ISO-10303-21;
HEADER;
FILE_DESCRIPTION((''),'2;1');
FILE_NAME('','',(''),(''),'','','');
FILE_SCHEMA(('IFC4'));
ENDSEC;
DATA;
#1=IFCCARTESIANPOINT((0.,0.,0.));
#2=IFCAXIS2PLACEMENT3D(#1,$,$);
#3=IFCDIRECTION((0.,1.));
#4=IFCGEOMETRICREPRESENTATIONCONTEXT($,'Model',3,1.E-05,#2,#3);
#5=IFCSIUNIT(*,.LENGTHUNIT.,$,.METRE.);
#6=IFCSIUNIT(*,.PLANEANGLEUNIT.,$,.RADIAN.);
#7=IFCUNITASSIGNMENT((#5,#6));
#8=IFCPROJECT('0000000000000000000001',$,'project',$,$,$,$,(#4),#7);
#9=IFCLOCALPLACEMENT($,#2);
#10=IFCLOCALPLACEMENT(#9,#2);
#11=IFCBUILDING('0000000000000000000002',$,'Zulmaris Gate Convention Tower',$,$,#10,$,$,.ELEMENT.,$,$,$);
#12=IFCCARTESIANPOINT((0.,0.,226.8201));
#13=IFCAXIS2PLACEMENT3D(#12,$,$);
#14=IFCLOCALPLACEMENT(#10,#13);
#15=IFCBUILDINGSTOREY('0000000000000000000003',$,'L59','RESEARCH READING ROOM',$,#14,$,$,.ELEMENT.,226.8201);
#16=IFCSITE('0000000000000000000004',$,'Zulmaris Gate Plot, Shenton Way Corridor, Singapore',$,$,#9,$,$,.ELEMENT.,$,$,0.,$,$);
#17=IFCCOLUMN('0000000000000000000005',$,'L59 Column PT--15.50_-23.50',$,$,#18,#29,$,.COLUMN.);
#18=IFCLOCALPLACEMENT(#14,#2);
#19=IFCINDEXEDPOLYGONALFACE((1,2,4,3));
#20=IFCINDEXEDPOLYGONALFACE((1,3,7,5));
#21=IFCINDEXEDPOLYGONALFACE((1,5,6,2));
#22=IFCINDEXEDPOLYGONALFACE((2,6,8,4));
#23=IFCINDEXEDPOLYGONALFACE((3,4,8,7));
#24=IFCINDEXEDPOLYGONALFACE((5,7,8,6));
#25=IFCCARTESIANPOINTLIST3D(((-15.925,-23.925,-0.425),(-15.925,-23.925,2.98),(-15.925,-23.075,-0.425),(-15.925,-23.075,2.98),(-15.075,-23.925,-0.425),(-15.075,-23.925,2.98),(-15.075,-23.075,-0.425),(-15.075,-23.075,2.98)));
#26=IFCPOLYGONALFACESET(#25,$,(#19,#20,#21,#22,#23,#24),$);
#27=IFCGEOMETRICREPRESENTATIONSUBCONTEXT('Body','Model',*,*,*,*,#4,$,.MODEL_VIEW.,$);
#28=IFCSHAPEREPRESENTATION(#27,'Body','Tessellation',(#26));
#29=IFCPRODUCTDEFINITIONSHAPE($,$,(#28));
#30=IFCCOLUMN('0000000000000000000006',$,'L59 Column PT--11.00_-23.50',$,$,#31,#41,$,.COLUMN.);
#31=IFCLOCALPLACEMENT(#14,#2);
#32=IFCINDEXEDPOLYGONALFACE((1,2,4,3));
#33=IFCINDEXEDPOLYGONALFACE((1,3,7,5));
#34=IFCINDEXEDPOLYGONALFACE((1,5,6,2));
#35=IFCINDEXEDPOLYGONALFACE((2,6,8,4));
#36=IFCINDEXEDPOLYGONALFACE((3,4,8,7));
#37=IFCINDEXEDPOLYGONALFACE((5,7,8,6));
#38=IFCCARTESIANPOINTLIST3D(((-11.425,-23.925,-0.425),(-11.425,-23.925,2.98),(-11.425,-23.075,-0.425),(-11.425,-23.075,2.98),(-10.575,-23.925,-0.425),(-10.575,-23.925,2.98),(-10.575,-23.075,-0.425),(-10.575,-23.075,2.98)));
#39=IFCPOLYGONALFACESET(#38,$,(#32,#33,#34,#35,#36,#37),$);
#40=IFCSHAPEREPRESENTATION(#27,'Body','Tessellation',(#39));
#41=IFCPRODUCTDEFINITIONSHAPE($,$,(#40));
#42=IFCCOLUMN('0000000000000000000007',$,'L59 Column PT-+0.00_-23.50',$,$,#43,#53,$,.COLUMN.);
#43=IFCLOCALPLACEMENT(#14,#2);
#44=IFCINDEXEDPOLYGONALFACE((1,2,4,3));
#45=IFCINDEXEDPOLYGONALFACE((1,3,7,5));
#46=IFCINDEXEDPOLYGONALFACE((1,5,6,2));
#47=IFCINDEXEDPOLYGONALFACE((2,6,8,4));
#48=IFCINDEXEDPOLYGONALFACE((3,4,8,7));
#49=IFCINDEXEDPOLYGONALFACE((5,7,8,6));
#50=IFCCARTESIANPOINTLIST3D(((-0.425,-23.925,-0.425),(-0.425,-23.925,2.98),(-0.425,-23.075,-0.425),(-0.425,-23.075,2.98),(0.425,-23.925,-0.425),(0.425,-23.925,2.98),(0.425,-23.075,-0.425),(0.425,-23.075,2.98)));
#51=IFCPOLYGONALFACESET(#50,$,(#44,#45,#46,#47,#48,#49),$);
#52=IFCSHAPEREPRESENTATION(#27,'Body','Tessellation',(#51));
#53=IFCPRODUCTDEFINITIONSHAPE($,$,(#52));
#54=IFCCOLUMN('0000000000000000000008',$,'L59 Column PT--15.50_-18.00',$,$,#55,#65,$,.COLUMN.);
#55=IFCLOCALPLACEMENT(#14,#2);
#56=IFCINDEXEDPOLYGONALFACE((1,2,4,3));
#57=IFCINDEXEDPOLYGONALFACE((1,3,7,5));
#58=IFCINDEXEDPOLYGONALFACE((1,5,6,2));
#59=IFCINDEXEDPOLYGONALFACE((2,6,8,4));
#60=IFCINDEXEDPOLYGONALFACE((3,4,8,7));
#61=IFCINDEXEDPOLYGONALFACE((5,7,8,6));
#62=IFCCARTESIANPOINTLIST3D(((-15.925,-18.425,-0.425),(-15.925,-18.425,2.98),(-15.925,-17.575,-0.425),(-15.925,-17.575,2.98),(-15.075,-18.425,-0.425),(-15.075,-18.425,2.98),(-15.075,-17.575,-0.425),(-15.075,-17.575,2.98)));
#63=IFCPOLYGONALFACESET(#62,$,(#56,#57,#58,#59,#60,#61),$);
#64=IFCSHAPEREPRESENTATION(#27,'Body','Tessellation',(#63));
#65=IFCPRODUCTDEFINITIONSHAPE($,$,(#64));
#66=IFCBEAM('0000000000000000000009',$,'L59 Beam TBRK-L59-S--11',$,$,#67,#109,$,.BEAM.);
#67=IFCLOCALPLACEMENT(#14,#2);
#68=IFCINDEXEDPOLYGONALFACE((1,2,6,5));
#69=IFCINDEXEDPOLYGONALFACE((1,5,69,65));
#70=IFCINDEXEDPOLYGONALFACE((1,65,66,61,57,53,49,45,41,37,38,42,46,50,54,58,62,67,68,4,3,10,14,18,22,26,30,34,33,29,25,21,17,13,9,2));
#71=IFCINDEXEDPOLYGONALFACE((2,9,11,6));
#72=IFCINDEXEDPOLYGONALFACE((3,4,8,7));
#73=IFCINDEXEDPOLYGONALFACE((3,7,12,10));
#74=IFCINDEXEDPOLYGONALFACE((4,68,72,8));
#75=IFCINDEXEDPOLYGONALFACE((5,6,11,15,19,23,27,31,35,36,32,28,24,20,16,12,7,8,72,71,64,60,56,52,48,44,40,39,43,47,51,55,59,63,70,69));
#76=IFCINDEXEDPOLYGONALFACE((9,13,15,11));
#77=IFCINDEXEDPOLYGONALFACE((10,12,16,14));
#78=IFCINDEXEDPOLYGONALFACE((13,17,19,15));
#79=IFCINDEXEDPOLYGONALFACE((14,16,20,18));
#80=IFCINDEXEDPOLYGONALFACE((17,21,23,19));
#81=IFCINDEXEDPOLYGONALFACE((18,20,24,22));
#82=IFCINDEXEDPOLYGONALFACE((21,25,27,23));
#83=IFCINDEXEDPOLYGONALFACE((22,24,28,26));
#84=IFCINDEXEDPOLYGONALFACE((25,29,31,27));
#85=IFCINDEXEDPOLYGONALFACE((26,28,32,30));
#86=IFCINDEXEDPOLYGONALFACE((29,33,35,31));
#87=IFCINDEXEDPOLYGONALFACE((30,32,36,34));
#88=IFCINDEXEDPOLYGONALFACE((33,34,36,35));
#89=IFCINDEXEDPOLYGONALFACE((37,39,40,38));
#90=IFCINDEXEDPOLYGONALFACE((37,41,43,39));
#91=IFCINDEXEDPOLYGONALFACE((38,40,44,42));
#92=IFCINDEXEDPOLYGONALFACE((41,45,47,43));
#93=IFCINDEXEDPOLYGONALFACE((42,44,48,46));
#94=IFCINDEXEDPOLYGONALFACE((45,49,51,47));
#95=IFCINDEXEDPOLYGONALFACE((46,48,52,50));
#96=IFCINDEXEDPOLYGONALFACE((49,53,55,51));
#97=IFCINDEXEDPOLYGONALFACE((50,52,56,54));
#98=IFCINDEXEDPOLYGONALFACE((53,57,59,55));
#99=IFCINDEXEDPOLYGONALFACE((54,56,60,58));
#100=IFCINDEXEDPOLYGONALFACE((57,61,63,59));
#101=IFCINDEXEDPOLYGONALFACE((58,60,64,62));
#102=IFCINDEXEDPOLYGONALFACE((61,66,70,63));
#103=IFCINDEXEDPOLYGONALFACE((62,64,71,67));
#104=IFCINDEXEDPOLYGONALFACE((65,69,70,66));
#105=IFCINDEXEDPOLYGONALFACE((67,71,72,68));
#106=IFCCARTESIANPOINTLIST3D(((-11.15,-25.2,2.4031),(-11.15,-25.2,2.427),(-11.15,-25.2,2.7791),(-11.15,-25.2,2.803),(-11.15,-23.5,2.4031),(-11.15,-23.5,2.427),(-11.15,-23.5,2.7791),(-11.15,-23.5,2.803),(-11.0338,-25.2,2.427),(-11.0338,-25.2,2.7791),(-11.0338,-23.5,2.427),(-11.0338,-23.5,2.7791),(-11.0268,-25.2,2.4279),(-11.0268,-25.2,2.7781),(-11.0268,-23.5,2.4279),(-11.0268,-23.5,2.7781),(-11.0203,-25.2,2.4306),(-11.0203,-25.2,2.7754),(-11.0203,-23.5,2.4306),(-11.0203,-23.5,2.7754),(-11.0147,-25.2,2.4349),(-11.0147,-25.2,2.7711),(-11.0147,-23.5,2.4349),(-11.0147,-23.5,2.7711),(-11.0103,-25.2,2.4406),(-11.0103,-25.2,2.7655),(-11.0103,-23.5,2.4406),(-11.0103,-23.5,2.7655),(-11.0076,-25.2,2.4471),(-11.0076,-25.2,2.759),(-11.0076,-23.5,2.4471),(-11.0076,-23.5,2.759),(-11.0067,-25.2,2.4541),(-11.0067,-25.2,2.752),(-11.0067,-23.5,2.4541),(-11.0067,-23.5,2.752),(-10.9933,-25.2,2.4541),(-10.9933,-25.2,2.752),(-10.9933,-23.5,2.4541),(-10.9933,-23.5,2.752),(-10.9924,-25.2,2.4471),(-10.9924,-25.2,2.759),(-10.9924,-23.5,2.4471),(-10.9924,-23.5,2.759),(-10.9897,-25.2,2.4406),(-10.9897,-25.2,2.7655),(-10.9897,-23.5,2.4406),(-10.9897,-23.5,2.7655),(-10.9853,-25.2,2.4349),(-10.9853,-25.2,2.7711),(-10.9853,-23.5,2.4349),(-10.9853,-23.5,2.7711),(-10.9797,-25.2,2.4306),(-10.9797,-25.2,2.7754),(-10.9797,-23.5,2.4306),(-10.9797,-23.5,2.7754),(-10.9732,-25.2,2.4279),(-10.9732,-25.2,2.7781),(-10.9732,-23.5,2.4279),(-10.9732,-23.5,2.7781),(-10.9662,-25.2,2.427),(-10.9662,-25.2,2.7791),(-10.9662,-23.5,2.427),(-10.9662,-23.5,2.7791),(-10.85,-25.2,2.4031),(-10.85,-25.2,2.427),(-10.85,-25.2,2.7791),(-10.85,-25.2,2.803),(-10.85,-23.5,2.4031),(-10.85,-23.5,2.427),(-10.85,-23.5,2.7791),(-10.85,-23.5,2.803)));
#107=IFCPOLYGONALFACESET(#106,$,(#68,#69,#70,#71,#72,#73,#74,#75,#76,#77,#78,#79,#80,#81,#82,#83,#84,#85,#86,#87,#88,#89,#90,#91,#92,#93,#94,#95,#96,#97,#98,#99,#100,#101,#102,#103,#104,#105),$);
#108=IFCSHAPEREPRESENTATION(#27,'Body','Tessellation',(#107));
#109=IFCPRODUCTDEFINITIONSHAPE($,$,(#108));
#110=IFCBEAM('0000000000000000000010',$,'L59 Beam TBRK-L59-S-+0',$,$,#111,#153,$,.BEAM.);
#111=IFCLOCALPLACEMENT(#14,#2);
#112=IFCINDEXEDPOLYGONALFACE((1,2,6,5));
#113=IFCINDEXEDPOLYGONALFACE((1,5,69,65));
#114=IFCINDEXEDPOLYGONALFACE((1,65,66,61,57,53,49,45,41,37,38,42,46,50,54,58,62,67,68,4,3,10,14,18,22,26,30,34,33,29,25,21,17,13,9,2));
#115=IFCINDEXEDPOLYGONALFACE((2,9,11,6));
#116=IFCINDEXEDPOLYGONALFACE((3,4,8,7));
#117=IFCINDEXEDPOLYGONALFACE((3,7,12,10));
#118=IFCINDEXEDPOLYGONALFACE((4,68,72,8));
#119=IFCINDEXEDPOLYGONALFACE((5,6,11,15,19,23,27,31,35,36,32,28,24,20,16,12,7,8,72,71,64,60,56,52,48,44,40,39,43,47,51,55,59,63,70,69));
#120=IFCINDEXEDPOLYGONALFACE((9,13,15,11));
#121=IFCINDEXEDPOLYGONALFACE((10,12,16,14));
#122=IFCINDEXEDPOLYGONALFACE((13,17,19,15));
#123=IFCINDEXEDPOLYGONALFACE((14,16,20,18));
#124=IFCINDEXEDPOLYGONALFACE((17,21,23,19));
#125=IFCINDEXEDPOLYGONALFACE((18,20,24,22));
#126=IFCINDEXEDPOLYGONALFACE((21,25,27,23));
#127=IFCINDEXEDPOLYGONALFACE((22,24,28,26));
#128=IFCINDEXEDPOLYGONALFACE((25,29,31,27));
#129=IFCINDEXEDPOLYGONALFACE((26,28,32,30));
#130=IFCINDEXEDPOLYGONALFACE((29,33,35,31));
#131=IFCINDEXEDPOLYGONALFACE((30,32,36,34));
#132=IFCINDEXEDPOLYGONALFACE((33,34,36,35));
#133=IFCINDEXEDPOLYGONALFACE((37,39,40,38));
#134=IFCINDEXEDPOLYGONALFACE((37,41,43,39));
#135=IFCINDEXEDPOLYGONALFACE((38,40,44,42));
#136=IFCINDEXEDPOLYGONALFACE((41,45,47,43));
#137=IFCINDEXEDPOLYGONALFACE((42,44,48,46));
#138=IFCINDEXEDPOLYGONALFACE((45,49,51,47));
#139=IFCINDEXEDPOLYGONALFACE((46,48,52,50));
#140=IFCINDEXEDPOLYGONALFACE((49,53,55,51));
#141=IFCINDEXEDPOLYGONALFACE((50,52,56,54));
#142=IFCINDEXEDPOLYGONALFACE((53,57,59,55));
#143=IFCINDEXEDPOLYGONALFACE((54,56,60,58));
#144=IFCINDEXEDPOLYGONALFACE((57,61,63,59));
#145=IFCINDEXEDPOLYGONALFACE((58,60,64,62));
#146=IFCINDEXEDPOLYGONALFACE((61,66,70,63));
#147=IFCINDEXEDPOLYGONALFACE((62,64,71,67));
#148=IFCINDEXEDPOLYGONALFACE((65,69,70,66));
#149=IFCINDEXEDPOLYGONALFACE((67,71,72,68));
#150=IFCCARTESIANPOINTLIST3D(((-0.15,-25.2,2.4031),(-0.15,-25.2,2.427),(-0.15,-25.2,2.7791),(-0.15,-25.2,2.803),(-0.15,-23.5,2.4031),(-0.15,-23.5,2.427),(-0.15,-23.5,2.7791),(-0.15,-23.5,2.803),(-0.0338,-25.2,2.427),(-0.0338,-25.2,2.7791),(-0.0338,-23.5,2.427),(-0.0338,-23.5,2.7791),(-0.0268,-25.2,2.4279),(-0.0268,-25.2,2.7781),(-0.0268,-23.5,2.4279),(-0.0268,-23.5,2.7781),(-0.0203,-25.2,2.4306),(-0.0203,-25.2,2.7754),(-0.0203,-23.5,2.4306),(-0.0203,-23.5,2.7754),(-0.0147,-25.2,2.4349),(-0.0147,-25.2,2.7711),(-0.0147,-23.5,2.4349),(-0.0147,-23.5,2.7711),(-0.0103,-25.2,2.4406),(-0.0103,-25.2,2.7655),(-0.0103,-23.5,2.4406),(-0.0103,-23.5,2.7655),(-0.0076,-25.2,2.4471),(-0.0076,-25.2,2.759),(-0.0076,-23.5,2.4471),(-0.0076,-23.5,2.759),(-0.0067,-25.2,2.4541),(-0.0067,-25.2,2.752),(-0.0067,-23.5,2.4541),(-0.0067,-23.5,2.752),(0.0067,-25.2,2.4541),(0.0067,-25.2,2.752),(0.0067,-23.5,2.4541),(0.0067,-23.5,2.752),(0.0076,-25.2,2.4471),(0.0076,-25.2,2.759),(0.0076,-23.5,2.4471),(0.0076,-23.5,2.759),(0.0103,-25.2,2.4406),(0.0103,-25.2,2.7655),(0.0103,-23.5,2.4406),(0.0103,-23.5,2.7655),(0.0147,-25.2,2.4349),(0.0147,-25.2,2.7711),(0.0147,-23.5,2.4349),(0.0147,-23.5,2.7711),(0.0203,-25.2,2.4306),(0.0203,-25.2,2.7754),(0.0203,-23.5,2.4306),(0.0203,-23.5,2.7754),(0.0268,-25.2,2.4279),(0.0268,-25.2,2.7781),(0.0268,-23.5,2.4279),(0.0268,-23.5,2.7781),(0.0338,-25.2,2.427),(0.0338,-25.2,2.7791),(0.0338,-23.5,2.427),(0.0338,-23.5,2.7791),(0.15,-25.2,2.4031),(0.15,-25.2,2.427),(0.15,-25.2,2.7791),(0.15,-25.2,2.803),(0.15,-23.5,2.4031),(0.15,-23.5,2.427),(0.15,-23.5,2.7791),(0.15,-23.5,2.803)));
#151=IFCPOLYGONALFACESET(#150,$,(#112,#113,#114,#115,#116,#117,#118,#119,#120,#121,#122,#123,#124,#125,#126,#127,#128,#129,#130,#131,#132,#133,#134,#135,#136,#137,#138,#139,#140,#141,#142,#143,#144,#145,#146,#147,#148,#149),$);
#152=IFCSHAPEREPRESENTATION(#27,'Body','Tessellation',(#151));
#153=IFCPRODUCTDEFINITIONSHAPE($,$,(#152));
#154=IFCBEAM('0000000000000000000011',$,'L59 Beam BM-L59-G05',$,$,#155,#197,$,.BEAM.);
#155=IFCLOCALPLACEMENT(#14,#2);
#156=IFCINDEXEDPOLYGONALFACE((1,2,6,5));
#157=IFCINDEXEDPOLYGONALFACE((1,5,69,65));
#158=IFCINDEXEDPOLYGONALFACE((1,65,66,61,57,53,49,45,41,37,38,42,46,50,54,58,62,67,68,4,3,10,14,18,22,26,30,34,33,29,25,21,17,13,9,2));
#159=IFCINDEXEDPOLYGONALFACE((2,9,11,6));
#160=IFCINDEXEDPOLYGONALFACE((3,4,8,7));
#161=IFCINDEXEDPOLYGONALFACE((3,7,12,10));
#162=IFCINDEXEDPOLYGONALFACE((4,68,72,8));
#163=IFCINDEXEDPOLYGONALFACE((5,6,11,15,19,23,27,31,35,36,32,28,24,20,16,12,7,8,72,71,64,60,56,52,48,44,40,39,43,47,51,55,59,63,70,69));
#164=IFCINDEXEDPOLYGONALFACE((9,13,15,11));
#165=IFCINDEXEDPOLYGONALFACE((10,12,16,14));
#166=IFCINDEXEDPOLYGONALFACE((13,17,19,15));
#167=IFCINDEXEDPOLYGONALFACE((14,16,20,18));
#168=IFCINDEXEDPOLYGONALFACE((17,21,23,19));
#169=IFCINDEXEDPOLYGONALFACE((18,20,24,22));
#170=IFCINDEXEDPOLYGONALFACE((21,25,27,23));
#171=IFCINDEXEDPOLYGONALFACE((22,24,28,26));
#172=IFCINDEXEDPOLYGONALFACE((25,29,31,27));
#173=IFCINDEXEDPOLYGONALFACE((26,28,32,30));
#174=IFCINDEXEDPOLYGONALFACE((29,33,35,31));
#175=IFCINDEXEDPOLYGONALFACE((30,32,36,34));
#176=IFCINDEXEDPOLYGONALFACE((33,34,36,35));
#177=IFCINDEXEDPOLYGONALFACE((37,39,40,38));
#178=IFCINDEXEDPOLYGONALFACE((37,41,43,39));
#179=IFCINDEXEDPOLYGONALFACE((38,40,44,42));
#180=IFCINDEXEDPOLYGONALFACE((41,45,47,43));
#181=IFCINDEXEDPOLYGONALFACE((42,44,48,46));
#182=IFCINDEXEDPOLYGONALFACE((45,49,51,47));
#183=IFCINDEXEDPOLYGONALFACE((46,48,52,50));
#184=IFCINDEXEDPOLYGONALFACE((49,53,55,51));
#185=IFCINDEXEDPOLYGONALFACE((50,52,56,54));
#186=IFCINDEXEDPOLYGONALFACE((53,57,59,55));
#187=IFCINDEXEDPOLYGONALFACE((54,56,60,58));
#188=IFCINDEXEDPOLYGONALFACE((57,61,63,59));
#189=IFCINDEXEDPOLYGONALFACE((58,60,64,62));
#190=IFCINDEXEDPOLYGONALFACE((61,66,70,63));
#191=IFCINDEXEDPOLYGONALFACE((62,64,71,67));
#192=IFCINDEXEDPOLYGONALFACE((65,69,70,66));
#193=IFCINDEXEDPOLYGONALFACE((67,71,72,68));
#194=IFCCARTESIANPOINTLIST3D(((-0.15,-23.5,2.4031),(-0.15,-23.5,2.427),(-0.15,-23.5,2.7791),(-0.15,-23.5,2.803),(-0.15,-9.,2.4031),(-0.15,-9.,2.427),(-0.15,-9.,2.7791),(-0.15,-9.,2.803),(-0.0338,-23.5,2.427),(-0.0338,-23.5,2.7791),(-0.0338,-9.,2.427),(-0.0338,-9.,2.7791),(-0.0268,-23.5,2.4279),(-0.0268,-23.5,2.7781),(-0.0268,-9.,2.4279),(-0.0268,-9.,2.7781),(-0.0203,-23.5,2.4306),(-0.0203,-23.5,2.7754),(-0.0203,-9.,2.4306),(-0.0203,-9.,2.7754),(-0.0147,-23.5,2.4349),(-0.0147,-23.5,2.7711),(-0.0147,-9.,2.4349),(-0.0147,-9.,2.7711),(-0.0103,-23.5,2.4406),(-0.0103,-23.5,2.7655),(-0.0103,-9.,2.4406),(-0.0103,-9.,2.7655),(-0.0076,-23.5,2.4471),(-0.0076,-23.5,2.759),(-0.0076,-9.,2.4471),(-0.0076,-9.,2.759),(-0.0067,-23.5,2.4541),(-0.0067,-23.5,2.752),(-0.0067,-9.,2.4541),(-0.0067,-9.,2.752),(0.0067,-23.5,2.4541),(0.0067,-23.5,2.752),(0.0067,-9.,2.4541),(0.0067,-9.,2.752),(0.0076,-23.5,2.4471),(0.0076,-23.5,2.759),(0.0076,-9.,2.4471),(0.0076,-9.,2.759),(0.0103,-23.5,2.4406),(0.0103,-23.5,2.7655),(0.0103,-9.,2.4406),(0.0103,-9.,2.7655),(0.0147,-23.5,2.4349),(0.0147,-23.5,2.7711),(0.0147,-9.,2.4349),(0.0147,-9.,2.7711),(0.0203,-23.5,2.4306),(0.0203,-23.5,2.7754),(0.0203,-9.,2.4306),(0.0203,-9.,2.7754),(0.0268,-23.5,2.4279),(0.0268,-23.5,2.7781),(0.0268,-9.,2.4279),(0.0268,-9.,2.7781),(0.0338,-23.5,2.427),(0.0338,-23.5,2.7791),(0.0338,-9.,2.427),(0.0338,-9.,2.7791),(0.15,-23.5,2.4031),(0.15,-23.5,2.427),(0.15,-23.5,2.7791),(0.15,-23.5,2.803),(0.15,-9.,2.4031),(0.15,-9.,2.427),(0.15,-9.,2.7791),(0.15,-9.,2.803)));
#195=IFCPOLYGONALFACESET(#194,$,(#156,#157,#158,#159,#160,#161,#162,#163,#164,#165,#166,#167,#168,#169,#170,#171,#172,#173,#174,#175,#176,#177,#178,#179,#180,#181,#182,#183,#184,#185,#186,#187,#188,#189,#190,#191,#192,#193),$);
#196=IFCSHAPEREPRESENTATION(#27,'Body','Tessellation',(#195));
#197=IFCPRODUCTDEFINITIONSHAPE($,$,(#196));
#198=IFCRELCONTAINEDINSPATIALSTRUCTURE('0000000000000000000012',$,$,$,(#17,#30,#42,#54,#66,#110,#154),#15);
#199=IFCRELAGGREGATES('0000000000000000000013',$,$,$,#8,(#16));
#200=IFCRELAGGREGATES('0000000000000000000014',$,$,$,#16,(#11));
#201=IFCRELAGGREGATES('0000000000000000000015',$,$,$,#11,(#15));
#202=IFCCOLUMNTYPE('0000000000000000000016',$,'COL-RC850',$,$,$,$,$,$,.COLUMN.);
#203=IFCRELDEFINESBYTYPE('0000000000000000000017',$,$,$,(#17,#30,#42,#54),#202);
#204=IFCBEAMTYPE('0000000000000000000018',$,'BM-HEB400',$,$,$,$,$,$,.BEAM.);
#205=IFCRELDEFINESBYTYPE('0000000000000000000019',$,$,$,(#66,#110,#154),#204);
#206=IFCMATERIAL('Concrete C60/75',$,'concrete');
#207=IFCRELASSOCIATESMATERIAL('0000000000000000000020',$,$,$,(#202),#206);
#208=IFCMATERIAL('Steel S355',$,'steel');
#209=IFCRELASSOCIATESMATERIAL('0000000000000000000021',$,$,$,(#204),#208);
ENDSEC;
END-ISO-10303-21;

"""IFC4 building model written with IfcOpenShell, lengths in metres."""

from ifc_helpers import new_model, si_unit, direction, frame, origin, origin_2d, place, context, subcontext, project, spatial, rectangle, i_section, extrude, material, material_profile, profile_set, type_object, element, save


model = new_model("IFC4")

# Units and contexts
model_context = context("Model", 3, precision=1e-05, world=origin(), true_north=direction((0.0, 1.0)))
body_context = subcontext(model_context, "Body", "Model", "MODEL_VIEW")
ifc_project = project(units=[si_unit("LENGTHUNIT", "METRE"), si_unit("PLANEANGLEUNIT", "RADIAN")], contexts=[model_context])

# Site, building, storey
site_placement = place(None, origin())
site = spatial("IfcSite", under=ifc_project, at=site_placement, Name="Zulmaris Gate Plot, Shenton Way Corridor, Singapore", CompositionType="ELEMENT", RefElevation=0.0)
building_placement = place(site_placement, origin())
building = spatial("IfcBuilding", under=site, at=building_placement, Name="Zulmaris Gate Convention Tower", CompositionType="ELEMENT")
storey_placement = place(building_placement, frame((0.0, 0.0, 226.8201)))
storey = spatial("IfcBuildingStorey", under=building, at=storey_placement, Name="L59", Description="RESEARCH READING ROOM", CompositionType="ELEMENT", Elevation=226.8201)

# Columns
ifc_material_1 = material(Name="Concrete C60/75", Category="concrete")
ifc_material_profile_1 = material_profile(ifc_material_1, rectangle(XDim=0.8501, YDim=0.8501, at=origin_2d()), Name="RC COL 850x850")
ifc_profile_set_1 = profile_set([ifc_material_profile_1], Name="Concrete C60/75")
column_type = type_object("IfcColumnType", Name="COL-RC850", PredefinedType="COLUMN", material=ifc_profile_set_1)
for number, where, z_axis, x_axis, name in (
    (1, (-15.5, -23.5, -0.425), (0.0, 0.0, 1.0), (1.0, 0.0, 0.0), "L59 Column PT--15.50_-23.50"),
    (2, (-11.0, -23.5, -0.425), (0.0, 0.0, 1.0), (1.0, 0.0, 0.0), "L59 Column PT--11.00_-23.50"),
    (3, (0.0, -23.5, -0.425), (0.0, 0.0, 1.0), (1.0, 0.0, 0.0), "L59 Column PT-+0.00_-23.50"),
    (4, (-15.5, -18.0, -0.425), (0.0, 0.0, 1.0), (1.0, 0.0, 0.0), "L59 Column PT--15.50_-18.00"),
):
    element("IfcColumn", number, at=place(storey_placement, frame(where, z_axis=z_axis, x_axis=x_axis)), inside=storey, type_object=column_type, Name=name, PredefinedType="COLUMN", context=body_context, shape_type="SweptSolid", body=[
        extrude(rectangle(XDim=0.8501, YDim=0.8501, at=origin_2d()), origin(), (0.0, 0.0, 1.0), 3.405),
    ])

# Beams
ifc_material_2 = material(Name="Steel S355", Category="steel")
ifc_material_profile_2 = material_profile(ifc_material_2, i_section(OverallWidth=0.3, OverallDepth=0.3999, WebThickness=0.0134, FlangeThickness=0.0239, FilletRadius=0.0271, at=origin_2d()), Name="HEB 400")
ifc_profile_set_2 = profile_set([ifc_material_profile_2], Name="Steel S355")
beam_type_1 = type_object("IfcBeamType", Name="BM-HEB400", PredefinedType="BEAM", material=ifc_profile_set_2)
for number, where, z_axis, x_axis, name in (
    (5, (-11.0, -25.2, 2.603), (0.0, 1.0, 0.0), (-1.0, 0.0, 0.0), "L59 Beam TBRK-L59-S--11"),
    (6, (0.0, -25.2, 2.603), (0.0, 1.0, 0.0), (-1.0, 0.0, 0.0), "L59 Beam TBRK-L59-S-+0"),
):
    element("IfcBeam", number, at=place(storey_placement, frame(where, z_axis=z_axis, x_axis=x_axis)), inside=storey, type_object=beam_type_1, Name=name, PredefinedType="BEAM", context=body_context, shape_type="SweptSolid", body=[
        extrude(i_section(OverallWidth=0.3, OverallDepth=0.3999, WebThickness=0.0134, FlangeThickness=0.0239, FilletRadius=0.0271, at=origin_2d()), origin(), (0.0, 0.0, 1.0), 1.7),
    ])
beam_1_placement = place(storey_placement, frame((0.0, -23.5, 2.603), z_axis=(0.0, 1.0, 0.0), x_axis=(-1.0, 0.0, 0.0)))
element("IfcBeam", 7, at=beam_1_placement, inside=storey, type_object=beam_type_1, Name="L59 Beam BM-L59-G05", PredefinedType="BEAM", context=body_context, shape_type="SweptSolid", body=[
    extrude(i_section(OverallWidth=0.3, OverallDepth=0.3999, WebThickness=0.0134, FlangeThickness=0.0239, FilletRadius=0.0271, at=origin_2d()), origin(), (0.0, 0.0, 1.0), 14.5),
])

save(model, "model.ifc")
